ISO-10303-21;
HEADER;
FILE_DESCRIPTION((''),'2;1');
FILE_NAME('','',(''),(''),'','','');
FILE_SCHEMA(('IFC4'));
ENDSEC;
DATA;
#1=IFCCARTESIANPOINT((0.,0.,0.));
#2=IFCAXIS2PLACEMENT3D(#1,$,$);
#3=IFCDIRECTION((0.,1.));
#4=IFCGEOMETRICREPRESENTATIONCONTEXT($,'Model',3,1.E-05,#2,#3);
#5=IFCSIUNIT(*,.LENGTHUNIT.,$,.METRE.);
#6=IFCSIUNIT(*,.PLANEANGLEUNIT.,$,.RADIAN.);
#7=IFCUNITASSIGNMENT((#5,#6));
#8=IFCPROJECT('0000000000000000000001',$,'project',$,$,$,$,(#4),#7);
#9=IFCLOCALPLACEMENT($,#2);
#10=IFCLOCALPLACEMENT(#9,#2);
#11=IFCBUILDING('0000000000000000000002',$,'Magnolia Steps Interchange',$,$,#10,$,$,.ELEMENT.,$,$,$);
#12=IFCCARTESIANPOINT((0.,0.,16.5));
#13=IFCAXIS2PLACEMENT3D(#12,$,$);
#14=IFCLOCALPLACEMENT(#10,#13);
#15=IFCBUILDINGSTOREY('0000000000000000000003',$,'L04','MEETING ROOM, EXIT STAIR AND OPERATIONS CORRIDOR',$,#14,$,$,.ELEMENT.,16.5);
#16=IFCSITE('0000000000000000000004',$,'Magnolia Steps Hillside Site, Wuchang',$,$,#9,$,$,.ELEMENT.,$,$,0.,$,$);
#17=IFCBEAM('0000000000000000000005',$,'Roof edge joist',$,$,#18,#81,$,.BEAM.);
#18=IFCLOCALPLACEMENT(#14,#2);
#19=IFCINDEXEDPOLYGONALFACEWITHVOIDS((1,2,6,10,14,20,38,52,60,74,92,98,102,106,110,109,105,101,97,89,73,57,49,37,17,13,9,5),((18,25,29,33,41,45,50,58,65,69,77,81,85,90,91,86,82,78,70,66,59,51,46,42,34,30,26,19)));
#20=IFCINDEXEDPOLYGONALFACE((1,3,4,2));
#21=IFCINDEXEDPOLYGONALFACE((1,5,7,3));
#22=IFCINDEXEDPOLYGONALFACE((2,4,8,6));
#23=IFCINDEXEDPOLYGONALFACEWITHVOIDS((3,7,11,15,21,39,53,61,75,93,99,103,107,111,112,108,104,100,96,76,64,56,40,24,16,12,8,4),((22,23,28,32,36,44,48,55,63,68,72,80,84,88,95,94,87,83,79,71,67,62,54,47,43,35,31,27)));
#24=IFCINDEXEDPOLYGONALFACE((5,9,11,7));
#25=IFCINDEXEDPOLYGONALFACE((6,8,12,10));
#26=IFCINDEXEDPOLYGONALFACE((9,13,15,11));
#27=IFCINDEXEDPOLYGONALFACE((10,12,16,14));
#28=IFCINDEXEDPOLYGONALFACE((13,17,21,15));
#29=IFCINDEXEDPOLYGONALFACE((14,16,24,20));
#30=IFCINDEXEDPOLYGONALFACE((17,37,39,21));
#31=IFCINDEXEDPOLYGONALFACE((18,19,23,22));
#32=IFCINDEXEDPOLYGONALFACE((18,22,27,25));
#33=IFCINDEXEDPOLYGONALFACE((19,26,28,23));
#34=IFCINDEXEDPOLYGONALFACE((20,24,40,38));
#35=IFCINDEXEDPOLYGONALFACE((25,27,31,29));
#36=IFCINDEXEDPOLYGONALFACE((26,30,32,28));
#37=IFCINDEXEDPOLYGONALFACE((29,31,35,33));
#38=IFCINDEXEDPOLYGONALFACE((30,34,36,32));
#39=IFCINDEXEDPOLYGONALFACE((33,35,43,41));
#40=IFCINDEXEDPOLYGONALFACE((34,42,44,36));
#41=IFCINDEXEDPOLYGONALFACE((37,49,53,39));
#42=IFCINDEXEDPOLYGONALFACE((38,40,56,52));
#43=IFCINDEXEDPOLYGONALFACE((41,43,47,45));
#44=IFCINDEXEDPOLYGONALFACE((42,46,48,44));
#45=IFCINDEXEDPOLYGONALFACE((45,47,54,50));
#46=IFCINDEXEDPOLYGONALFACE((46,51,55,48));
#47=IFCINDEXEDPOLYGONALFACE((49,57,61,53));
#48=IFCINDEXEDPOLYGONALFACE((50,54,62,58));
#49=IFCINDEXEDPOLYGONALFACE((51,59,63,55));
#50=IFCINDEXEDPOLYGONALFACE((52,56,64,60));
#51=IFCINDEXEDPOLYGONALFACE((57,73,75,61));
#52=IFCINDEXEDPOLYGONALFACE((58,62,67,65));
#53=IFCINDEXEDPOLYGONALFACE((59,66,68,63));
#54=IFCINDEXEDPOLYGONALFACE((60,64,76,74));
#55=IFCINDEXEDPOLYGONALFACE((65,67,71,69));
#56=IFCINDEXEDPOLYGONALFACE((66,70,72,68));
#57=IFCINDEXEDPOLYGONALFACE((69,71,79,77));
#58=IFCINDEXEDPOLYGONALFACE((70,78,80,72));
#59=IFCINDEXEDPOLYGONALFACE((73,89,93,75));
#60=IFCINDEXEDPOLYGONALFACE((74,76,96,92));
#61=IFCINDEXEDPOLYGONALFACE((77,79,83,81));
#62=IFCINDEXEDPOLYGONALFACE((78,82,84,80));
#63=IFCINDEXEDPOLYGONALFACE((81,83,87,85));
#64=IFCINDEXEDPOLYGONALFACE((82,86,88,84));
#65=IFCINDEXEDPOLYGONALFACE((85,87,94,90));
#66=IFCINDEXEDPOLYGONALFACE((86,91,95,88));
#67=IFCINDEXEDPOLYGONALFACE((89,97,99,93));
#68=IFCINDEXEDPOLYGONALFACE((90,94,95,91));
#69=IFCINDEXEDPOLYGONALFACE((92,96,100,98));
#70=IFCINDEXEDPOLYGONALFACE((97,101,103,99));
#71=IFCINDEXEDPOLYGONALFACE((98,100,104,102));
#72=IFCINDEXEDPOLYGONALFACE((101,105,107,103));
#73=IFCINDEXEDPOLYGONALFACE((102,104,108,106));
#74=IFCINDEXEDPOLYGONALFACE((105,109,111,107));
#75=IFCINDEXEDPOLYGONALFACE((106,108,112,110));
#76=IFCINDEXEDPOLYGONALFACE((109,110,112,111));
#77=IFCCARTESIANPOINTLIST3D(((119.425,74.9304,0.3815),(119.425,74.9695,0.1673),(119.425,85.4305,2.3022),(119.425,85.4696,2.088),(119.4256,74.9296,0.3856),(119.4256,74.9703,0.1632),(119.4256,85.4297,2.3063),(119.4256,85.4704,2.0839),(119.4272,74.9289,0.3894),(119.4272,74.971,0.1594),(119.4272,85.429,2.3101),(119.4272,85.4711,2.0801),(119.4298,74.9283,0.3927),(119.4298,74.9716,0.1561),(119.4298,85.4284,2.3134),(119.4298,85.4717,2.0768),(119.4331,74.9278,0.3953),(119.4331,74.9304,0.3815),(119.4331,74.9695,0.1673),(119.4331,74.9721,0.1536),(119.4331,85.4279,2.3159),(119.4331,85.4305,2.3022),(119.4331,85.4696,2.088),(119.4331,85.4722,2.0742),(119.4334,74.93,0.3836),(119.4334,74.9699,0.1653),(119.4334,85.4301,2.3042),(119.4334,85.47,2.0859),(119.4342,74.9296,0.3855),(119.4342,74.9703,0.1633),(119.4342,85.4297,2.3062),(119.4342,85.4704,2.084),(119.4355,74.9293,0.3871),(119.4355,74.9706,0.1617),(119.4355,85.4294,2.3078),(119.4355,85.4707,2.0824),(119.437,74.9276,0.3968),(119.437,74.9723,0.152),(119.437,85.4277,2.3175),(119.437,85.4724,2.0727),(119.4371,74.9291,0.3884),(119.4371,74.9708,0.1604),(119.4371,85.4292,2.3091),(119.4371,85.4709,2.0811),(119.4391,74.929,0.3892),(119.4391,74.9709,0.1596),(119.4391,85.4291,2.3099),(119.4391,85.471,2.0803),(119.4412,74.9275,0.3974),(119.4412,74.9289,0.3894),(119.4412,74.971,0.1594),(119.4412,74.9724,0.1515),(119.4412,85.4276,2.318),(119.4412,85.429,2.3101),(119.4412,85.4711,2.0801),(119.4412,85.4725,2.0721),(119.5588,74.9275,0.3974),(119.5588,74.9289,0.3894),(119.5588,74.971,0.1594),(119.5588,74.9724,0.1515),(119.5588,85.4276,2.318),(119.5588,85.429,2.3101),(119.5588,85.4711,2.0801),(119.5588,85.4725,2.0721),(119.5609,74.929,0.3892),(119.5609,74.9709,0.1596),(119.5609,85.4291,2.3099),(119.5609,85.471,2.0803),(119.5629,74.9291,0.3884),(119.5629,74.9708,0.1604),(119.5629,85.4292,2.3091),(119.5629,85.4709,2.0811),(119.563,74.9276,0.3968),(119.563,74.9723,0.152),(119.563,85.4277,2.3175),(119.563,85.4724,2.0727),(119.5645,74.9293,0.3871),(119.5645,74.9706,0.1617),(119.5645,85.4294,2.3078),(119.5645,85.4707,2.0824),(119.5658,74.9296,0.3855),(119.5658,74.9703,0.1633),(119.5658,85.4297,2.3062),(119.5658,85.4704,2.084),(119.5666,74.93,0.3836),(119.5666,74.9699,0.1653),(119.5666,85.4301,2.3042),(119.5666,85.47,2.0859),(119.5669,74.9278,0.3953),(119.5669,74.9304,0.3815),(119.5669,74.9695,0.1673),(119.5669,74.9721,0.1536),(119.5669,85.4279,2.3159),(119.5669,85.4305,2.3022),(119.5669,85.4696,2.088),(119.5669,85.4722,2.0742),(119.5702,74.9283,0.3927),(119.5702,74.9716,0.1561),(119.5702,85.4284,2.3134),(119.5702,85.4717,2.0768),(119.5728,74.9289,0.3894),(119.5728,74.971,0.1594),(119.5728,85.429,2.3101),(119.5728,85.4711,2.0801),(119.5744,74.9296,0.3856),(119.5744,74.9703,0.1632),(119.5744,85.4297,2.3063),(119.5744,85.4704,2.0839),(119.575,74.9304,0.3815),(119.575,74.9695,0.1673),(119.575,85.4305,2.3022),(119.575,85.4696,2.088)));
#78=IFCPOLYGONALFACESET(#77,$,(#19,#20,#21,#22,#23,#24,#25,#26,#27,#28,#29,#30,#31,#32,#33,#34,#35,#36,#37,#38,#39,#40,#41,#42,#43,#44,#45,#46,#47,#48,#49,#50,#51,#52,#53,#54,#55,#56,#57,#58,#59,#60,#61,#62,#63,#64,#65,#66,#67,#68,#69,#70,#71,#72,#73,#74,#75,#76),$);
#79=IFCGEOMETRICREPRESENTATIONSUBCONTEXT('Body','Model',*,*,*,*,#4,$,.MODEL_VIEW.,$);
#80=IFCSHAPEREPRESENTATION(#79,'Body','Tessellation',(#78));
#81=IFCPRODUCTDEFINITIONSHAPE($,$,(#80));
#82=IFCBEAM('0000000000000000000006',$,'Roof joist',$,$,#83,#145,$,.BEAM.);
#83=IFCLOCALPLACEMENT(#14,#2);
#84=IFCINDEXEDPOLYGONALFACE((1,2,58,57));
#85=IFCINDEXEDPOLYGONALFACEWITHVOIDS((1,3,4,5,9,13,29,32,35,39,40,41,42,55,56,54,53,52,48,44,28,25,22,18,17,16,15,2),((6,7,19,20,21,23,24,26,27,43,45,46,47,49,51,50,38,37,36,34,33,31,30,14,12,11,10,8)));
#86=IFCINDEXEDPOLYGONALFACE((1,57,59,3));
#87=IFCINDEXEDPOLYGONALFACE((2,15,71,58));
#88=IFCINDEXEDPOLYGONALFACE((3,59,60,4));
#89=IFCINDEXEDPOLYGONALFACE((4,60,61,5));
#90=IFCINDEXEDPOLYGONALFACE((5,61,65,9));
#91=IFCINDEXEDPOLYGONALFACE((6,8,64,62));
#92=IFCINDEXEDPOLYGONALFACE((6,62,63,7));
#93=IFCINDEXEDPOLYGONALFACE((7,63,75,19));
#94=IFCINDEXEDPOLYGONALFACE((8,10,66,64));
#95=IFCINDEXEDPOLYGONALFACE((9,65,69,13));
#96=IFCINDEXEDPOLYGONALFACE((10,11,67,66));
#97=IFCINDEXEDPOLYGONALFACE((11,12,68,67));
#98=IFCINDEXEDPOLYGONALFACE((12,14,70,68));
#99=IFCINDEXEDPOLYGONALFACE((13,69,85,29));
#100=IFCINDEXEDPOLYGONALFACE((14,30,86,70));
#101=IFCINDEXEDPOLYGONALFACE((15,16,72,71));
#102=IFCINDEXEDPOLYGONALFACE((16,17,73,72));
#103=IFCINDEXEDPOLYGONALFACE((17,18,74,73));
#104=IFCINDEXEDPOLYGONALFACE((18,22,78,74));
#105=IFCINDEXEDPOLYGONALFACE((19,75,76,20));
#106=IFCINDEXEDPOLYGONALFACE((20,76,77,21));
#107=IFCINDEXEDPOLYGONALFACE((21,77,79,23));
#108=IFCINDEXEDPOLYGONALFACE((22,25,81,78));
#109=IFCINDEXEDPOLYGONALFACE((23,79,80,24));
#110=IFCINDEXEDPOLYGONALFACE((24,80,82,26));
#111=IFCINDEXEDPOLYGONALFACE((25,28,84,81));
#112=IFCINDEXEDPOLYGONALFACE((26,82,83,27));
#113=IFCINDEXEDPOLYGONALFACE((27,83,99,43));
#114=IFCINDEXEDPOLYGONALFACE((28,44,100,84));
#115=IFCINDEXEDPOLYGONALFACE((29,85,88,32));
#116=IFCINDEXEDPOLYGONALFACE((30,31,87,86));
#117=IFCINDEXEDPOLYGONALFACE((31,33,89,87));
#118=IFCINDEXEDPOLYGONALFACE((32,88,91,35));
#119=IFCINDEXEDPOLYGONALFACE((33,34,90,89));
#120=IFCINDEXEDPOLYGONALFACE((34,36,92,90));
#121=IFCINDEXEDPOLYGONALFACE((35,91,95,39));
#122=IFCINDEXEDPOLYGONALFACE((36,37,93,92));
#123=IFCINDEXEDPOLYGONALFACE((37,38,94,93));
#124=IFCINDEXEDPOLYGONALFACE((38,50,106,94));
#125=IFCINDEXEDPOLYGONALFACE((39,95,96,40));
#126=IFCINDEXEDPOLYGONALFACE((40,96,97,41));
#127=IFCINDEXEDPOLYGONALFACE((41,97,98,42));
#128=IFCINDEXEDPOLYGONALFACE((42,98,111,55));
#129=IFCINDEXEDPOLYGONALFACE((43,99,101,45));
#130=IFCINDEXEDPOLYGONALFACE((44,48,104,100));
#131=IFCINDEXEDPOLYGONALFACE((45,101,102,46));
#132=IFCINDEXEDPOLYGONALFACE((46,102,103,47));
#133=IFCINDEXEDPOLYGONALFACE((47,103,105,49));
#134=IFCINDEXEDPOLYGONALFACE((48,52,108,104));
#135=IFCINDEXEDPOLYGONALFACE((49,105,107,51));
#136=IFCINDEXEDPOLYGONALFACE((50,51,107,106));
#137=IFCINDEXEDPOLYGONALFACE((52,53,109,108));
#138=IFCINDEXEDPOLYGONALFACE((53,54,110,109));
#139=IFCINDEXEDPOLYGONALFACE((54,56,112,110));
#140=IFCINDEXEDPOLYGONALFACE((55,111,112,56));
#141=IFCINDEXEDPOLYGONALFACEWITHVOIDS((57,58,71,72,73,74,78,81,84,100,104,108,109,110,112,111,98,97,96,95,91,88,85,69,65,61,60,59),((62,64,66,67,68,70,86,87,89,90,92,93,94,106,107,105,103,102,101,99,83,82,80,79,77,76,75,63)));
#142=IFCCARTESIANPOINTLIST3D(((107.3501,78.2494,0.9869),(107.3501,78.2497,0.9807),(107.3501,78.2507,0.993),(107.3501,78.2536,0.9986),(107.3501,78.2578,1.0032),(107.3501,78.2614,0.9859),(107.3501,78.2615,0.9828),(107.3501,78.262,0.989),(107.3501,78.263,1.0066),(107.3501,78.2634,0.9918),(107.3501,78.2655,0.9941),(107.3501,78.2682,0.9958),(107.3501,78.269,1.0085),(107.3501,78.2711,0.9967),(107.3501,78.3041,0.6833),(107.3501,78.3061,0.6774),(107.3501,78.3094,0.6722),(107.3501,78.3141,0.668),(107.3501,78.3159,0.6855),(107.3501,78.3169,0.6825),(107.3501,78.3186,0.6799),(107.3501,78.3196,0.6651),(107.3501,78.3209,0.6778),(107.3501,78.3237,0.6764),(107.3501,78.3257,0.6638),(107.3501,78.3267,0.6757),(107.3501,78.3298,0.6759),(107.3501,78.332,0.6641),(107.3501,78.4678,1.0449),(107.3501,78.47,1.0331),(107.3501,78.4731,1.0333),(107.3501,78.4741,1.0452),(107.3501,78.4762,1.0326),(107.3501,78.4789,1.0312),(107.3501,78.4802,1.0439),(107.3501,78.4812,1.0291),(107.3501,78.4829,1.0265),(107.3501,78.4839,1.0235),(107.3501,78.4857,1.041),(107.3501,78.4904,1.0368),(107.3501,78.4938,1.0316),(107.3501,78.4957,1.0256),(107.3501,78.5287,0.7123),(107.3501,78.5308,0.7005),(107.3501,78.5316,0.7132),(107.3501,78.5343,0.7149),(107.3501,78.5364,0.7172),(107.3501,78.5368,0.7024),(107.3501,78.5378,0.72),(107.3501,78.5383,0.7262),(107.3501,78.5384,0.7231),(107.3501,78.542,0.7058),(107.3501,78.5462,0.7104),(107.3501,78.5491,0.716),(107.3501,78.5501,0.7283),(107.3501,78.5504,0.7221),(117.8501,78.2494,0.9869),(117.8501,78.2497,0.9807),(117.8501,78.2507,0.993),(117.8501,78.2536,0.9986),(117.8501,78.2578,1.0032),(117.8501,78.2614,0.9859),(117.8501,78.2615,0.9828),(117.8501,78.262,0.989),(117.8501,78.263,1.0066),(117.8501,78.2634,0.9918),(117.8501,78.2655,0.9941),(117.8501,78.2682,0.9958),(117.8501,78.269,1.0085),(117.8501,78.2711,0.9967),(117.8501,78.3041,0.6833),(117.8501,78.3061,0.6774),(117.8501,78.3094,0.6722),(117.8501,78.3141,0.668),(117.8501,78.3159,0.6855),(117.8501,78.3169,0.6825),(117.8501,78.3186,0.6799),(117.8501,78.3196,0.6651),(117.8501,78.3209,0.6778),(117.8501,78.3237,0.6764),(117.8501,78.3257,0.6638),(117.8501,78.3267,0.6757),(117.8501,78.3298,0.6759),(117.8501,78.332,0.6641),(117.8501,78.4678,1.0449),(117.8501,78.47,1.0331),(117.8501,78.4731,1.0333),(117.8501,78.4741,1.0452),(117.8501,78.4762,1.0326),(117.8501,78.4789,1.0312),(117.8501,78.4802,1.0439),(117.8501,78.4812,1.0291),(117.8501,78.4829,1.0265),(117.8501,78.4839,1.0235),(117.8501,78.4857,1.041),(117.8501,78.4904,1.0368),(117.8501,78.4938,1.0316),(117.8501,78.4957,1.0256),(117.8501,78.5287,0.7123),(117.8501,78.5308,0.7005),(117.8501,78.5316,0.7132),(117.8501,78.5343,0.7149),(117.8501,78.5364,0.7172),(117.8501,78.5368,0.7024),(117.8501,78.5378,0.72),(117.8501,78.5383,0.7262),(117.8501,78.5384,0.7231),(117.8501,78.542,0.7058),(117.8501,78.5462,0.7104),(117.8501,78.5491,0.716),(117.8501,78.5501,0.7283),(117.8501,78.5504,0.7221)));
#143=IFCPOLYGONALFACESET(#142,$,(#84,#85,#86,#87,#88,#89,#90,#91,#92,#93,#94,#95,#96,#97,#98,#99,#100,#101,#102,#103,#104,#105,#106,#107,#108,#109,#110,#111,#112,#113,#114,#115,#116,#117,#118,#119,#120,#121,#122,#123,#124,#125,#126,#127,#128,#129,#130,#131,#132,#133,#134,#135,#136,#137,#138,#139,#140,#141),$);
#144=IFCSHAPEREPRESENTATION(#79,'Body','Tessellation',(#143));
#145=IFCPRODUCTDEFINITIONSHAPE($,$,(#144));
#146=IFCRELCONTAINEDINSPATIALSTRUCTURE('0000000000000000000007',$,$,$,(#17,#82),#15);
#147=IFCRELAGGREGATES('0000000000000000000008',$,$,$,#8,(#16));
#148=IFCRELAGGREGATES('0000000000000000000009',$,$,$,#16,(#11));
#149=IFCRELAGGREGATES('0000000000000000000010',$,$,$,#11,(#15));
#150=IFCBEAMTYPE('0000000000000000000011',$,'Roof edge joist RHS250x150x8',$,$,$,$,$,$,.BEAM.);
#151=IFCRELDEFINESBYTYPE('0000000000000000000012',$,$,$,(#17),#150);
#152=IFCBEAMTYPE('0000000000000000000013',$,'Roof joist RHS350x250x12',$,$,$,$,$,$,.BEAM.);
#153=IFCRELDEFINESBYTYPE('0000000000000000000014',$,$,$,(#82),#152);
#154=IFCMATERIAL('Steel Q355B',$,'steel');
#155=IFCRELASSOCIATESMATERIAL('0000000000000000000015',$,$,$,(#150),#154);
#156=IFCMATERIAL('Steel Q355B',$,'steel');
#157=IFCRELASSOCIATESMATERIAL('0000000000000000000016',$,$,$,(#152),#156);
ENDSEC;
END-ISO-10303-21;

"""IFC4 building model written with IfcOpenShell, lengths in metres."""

from ifc_helpers import new_model, si_unit, direction, frame, origin, origin_2d, place, context, subcontext, project, spatial, hollow_rectangle, extrude, material, material_profile, profile_set, type_object, element, save


model = new_model("IFC4")

# Units and contexts
model_context = context("Model", 3, precision=1e-05, world=origin(), true_north=direction((0.0, 1.0)))
body_context = subcontext(model_context, "Body", "Model", "MODEL_VIEW")
ifc_project = project(units=[si_unit("LENGTHUNIT", "METRE"), si_unit("PLANEANGLEUNIT", "RADIAN")], contexts=[model_context])

# Site, building, storey
site_placement = place(None, origin())
site = spatial("IfcSite", under=ifc_project, at=site_placement, Name="Magnolia Steps Hillside Site, Wuchang", CompositionType="ELEMENT", RefElevation=0.0)
building_placement = place(site_placement, origin())
building = spatial("IfcBuilding", under=site, at=building_placement, Name="Magnolia Steps Interchange", CompositionType="ELEMENT")
storey_placement = place(building_placement, frame((0.0, 0.0, 16.5)))
storey = spatial("IfcBuildingStorey", under=building, at=storey_placement, Name="L04", Description="MEETING ROOM, EXIT STAIR AND OPERATIONS CORRIDOR", CompositionType="ELEMENT", Elevation=16.5)

# Beams
ifc_material_1 = material(Name="Steel Q355B", Category="steel")
ifc_material_profile_1 = material_profile(ifc_material_1, hollow_rectangle(XDim=0.1499, YDim=0.25, WallThickness=0.0081, InnerFilletRadius=0.0081, OuterFilletRadius=0.0161, at=origin_2d()), Name="RHS250x150x8")
ifc_profile_set_1 = profile_set([ifc_material_profile_1], Name="Steel Q355B")
beam_type_1 = type_object("IfcBeamType", Name="Roof edge joist RHS250x150x8", PredefinedType="BEAM", material=ifc_profile_set_1)
beam_1_placement = place(storey_placement, frame((119.5, 74.95, 0.2744), z_axis=(0.0, 0.983679, 0.179934), x_axis=(-1.0, 0.0, 0.0)))
element("IfcBeam", 1, at=beam_1_placement, inside=storey, type_object=beam_type_1, Name="Roof edge joist", PredefinedType="BEAM", context=body_context, shape_type="SweptSolid", body=[
    extrude(hollow_rectangle(XDim=0.1499, YDim=0.25, WallThickness=0.0081, InnerFilletRadius=0.0081, OuterFilletRadius=0.0161, at=origin_2d()), origin(), (0.0, 0.0, 1.0), 10.6743),
])
ifc_material_2 = material(Name="Steel Q355B", Category="steel")
ifc_material_profile_2 = material_profile(ifc_material_2, hollow_rectangle(XDim=0.25, YDim=0.3501, WallThickness=0.012, InnerFilletRadius=0.012, OuterFilletRadius=0.0239, at=origin_2d()), Name="RHS350x250x12")
ifc_profile_set_2 = profile_set([ifc_material_profile_2], Name="Steel Q355B")
beam_type_2 = type_object("IfcBeamType", Name="Roof joist RHS350x250x12", PredefinedType="BEAM", material=ifc_profile_set_2)
for number, where, z_axis, x_axis, name in (
    (2, (107.3501, 78.3999, 0.8545), (1.0, 0.0, 0.0), (0.0, 0.983677, 0.179941), "Roof joist"),
):
    element("IfcBeam", number, at=place(storey_placement, frame(where, z_axis=z_axis, x_axis=x_axis)), inside=storey, type_object=beam_type_2, Name=name, PredefinedType="BEAM", context=body_context, shape_type="SweptSolid", body=[
        extrude(hollow_rectangle(XDim=0.25, YDim=0.3501, WallThickness=0.012, InnerFilletRadius=0.012, OuterFilletRadius=0.0239, at=origin_2d()), origin(), (0.0, 0.0, 1.0), 10.5),
    ])

save(model, "model.ifc")
